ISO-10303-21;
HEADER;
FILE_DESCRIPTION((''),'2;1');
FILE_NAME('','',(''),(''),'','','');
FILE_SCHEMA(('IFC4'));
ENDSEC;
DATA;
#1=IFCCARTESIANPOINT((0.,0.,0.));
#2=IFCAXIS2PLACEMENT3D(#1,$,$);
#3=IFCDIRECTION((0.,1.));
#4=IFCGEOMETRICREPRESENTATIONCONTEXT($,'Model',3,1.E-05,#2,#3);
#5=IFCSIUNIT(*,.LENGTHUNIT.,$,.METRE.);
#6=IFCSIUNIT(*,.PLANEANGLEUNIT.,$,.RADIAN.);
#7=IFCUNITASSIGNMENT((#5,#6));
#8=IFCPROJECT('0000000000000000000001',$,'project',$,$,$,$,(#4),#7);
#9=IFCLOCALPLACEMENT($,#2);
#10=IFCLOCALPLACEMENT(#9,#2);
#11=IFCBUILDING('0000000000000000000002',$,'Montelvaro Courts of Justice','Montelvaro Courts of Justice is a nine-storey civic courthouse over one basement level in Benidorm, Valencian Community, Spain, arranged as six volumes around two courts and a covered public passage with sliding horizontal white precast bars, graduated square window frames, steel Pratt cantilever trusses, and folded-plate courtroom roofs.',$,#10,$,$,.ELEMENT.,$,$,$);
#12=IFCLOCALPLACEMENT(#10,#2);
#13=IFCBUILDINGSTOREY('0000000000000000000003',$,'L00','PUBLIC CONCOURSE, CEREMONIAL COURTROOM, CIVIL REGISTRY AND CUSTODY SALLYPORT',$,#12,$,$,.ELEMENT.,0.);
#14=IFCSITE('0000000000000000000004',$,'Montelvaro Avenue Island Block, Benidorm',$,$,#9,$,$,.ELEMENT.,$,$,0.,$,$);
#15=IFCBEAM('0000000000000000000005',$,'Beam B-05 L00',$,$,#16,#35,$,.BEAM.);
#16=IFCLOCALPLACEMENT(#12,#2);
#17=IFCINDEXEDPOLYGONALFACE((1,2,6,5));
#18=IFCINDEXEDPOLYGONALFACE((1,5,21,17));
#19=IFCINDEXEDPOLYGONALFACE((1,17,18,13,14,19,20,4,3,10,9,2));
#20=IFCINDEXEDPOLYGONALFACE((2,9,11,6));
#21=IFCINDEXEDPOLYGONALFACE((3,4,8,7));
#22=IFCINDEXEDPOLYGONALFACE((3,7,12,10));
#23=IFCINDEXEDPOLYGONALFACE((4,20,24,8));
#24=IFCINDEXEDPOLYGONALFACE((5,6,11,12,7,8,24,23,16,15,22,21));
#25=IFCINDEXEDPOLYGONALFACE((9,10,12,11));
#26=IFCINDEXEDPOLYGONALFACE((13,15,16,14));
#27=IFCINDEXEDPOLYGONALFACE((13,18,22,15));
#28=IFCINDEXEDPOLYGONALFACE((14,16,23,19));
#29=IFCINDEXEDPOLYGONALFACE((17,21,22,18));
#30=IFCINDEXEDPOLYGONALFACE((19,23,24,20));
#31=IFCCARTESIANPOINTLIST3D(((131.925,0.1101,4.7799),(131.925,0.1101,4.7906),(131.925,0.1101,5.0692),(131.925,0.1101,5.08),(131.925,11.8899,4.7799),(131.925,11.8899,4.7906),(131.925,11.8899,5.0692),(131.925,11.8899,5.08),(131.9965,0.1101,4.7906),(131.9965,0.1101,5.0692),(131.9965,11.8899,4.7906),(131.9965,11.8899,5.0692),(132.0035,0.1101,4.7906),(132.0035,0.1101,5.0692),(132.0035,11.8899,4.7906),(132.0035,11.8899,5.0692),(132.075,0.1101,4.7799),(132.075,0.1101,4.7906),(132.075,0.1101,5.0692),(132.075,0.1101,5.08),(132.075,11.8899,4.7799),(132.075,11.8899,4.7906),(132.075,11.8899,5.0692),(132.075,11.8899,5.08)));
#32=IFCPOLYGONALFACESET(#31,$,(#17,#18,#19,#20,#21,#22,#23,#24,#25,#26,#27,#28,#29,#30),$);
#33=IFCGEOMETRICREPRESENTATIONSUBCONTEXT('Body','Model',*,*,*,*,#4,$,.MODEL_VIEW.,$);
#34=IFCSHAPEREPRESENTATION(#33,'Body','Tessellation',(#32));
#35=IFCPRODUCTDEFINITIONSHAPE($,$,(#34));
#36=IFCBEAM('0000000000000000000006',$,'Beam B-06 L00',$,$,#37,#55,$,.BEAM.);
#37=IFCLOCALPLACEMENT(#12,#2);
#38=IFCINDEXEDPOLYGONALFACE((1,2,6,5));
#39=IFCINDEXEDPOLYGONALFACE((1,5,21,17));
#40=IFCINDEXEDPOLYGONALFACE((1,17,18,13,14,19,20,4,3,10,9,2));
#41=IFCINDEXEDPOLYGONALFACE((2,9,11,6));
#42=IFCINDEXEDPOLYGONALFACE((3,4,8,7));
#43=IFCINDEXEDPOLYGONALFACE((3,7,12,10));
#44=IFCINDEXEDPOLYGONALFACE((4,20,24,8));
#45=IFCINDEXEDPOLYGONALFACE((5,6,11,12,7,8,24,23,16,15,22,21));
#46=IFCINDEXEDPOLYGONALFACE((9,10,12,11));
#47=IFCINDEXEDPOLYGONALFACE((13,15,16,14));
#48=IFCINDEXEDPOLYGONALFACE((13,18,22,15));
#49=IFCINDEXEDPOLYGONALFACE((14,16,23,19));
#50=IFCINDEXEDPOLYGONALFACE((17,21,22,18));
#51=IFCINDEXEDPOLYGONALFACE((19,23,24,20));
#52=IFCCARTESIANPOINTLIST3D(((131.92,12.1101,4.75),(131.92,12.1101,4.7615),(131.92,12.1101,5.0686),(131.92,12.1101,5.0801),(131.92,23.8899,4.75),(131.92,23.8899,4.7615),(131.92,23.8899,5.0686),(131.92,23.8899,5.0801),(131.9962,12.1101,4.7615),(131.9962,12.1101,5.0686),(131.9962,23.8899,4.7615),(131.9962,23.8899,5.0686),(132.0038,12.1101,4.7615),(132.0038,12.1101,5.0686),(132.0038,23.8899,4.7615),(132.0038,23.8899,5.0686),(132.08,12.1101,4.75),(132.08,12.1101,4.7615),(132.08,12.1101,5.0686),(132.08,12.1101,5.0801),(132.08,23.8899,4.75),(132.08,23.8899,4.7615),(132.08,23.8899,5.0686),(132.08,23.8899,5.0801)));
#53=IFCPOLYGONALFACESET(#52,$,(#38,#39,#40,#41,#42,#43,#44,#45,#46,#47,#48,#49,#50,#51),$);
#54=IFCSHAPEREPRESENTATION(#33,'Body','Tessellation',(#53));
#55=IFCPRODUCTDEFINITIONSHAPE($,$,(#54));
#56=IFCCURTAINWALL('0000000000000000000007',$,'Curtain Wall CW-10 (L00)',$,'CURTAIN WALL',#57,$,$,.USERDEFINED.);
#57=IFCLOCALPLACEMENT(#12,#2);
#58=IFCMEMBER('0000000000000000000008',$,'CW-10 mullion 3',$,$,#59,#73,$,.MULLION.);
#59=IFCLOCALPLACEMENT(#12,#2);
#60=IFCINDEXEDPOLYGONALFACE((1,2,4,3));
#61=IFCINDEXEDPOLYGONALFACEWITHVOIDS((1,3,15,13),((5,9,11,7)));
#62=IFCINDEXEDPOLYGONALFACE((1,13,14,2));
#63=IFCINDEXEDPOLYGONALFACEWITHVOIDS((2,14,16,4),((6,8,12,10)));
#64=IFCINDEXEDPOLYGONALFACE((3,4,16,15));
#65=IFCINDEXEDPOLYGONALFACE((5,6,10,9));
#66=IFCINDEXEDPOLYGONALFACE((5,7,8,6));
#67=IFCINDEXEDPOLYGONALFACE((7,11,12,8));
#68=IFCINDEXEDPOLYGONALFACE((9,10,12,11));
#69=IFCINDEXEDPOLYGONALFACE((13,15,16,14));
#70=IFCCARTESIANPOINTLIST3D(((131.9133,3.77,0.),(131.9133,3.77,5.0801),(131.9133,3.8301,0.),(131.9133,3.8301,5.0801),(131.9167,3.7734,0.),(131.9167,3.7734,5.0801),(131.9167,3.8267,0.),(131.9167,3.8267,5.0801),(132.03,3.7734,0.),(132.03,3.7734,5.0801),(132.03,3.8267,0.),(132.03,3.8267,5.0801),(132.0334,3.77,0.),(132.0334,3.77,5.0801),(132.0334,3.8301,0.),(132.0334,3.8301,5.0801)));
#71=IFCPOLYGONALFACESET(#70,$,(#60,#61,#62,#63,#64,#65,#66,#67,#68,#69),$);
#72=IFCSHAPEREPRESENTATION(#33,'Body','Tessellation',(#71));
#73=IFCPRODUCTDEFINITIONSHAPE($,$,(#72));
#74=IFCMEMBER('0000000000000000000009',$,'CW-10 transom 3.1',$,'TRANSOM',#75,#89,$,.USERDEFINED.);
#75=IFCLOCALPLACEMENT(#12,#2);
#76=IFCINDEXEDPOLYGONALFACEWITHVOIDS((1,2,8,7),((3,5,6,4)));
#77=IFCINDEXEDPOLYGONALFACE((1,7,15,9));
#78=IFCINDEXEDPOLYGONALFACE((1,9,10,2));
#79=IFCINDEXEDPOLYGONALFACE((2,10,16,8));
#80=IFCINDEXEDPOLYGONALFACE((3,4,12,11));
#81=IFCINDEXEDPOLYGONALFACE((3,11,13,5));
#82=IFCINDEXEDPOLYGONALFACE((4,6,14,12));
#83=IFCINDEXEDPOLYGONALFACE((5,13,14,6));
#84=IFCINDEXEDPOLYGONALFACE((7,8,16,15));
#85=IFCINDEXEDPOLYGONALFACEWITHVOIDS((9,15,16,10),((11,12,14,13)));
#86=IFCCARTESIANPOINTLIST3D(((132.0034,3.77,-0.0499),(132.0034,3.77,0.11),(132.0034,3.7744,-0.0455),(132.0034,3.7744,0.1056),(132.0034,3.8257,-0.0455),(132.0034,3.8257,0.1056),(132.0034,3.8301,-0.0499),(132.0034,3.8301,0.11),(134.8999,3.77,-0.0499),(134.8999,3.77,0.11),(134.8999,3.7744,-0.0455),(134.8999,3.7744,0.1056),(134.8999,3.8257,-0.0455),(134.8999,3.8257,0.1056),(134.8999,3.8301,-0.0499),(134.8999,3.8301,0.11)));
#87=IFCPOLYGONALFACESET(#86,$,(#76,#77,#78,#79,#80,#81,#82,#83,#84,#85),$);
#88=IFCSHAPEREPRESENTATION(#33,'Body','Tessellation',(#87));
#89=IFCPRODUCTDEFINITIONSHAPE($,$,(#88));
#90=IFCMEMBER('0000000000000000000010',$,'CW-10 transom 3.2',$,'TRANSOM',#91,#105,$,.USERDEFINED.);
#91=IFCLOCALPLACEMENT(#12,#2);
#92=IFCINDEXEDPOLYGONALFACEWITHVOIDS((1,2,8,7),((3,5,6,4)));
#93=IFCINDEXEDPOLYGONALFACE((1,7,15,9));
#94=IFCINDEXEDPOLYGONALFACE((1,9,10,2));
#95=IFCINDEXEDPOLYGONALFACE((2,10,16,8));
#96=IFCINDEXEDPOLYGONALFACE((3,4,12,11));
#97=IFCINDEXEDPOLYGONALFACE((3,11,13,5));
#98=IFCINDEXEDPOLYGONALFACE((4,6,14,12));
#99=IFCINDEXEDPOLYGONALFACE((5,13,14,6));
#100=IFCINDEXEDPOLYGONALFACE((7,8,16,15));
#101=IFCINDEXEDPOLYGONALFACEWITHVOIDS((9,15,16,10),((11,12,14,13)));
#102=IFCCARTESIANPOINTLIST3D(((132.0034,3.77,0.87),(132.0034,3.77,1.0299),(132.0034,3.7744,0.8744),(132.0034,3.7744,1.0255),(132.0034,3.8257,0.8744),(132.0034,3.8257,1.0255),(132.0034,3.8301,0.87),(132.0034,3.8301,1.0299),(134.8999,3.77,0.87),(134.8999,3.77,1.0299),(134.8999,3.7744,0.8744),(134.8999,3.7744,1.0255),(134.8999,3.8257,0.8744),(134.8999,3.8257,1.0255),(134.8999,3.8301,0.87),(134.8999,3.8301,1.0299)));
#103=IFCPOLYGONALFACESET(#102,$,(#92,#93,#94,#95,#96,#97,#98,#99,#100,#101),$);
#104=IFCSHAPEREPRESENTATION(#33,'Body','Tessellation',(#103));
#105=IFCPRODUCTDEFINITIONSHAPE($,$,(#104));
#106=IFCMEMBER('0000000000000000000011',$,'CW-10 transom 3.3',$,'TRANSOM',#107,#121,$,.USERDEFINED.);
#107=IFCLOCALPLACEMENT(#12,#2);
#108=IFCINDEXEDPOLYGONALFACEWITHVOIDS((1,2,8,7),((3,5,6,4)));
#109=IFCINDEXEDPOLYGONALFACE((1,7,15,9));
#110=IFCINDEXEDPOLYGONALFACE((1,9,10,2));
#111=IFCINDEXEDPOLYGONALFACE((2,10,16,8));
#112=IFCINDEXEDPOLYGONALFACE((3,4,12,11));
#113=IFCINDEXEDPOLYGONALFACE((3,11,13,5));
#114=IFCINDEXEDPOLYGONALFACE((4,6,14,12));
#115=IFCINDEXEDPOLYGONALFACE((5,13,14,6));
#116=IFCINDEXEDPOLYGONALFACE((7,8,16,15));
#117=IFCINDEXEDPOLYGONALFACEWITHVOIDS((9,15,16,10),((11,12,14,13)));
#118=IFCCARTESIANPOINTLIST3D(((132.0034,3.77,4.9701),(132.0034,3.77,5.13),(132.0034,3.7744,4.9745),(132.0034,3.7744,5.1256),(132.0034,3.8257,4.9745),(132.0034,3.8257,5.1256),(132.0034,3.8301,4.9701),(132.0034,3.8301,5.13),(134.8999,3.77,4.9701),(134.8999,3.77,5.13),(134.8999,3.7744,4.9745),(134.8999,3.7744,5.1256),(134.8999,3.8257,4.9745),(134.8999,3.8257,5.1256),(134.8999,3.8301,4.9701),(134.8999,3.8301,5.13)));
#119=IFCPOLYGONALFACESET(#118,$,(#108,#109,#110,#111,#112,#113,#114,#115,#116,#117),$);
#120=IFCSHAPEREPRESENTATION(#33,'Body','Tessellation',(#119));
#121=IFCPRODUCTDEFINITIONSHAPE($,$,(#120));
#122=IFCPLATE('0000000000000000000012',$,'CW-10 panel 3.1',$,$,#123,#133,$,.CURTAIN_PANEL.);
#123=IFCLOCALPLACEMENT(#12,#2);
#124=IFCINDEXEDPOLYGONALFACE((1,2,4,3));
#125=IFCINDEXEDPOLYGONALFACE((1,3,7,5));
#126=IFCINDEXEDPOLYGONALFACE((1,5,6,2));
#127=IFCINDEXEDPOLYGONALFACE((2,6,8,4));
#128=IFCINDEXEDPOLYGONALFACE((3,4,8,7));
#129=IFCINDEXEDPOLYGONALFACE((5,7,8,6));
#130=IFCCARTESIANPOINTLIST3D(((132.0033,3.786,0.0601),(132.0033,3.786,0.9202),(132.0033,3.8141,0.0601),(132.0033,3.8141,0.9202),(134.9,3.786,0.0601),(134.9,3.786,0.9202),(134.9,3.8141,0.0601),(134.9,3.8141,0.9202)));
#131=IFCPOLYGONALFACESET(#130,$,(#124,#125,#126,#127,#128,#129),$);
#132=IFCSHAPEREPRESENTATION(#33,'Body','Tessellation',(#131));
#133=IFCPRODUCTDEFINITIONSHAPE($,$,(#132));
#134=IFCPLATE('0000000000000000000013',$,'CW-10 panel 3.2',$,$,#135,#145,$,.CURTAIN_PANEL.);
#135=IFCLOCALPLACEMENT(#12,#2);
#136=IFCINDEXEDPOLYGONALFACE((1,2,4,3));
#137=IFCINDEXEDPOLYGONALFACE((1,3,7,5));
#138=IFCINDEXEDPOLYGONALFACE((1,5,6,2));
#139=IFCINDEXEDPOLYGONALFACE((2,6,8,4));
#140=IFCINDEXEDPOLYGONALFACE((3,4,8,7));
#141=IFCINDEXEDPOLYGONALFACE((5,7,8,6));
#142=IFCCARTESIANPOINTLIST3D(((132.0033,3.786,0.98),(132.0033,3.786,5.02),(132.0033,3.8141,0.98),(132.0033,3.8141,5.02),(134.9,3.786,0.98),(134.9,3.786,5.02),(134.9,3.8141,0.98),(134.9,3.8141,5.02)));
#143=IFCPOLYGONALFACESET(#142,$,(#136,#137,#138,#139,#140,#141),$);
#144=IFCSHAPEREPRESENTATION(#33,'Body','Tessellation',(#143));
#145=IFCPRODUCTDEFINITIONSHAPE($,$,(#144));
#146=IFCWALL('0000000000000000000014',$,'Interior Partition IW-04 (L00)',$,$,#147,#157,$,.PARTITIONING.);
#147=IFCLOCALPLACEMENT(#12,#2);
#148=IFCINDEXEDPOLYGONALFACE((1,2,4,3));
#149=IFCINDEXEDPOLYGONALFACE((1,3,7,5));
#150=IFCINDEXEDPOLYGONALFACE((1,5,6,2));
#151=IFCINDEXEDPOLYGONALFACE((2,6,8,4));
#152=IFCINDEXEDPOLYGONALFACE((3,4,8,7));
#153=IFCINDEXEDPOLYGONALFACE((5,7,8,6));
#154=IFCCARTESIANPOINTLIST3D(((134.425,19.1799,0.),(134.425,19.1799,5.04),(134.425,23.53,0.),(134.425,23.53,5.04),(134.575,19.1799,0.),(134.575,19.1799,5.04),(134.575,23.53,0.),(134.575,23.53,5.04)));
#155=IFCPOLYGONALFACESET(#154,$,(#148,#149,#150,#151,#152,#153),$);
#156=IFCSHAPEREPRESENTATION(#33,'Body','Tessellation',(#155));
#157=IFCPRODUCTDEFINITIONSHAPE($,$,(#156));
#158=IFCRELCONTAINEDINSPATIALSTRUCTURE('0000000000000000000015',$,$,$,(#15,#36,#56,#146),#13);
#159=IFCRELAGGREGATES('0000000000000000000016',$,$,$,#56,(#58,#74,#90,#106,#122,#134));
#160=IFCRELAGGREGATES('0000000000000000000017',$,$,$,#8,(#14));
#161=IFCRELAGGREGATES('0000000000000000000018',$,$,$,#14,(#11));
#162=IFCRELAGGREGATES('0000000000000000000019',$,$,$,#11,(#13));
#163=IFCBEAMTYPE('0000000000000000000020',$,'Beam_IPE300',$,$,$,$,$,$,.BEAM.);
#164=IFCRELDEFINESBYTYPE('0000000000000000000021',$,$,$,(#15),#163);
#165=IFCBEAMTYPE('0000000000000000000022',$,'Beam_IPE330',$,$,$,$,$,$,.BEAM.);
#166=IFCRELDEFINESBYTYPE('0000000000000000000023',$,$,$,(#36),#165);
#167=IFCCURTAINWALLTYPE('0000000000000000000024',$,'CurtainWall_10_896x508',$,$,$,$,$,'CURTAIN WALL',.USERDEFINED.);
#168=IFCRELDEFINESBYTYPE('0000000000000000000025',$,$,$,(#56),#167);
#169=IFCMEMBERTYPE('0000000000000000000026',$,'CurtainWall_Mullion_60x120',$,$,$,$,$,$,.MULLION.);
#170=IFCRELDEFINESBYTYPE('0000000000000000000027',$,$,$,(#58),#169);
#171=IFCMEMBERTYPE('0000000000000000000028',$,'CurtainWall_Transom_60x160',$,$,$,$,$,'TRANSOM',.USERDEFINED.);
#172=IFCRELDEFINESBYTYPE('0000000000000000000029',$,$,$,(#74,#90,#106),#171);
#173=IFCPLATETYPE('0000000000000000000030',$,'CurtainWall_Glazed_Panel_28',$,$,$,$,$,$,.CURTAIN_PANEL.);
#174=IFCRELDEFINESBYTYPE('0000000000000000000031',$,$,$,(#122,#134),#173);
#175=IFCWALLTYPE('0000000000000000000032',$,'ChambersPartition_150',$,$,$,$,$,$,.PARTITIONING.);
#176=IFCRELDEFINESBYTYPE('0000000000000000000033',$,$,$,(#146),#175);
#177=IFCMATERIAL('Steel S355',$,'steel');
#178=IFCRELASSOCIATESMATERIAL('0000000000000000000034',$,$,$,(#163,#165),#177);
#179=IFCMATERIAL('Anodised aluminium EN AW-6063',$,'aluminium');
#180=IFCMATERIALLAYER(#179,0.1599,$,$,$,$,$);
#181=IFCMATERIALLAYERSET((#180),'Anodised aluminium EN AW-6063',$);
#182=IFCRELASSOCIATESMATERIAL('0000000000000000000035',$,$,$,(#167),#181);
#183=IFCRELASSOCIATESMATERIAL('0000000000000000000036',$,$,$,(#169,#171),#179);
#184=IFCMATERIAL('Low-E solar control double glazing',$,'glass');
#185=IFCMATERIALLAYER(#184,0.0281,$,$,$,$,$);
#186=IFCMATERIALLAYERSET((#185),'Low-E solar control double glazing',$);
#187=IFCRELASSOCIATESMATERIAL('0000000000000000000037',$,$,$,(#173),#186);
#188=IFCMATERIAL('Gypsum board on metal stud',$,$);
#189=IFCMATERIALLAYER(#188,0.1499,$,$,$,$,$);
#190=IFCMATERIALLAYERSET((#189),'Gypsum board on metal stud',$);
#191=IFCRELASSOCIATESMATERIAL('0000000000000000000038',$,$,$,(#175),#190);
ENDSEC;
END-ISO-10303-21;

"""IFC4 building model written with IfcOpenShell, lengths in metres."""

from ifc_helpers import new_model, si_unit, direction, frame, frame_2d, origin, origin_2d, place, context, subcontext, project, spatial, rectangle, hollow_rectangle, i_section, extrude, material, layer, layer_set, material_profile, profile_set, type_object, element, aggregate, save


model = new_model("IFC4")

# Units and contexts
model_context = context("Model", 3, precision=1e-05, world=origin(), true_north=direction((0.0, 1.0)))
body_context = subcontext(model_context, "Body", "Model", "MODEL_VIEW")
ifc_project = project(units=[si_unit("LENGTHUNIT", "METRE"), si_unit("PLANEANGLEUNIT", "RADIAN")], contexts=[model_context])

# Site, building, storey
site_placement = place(None, origin())
site = spatial("IfcSite", under=ifc_project, at=site_placement, Name="Montelvaro Avenue Island Block, Benidorm", CompositionType="ELEMENT", RefElevation=0.0)
building_placement = place(site_placement, origin())
building = spatial("IfcBuilding", under=site, at=building_placement, Name="Montelvaro Courts of Justice", Description="Montelvaro Courts of Justice is a nine-storey civic courthouse over one basement level in Benidorm, Valencian Community, Spain, arranged as six volumes around two courts and a covered public passage with sliding horizontal white precast bars, graduated square window frames, steel Pratt cantilever trusses, and folded-plate courtroom roofs.", CompositionType="ELEMENT")
storey_placement = place(building_placement, origin())
storey = spatial("IfcBuildingStorey", under=building, at=storey_placement, Name="L00", Description="PUBLIC CONCOURSE, CEREMONIAL COURTROOM, CIVIL REGISTRY AND CUSTODY SALLYPORT", CompositionType="ELEMENT", Elevation=0.0)

# Beams
ifc_material_1 = material(Name="Steel S355", Category="steel")
ifc_material_profile_1 = material_profile(ifc_material_1, i_section(OverallWidth=0.1499, OverallDepth=0.3, WebThickness=0.0071, FlangeThickness=0.0107, at=origin_2d()), Name="IPE 300")
ifc_profile_set_1 = profile_set([ifc_material_profile_1], Name="Steel S355")
beam_type_1 = type_object("IfcBeamType", Name="Beam_IPE300", PredefinedType="BEAM", material=ifc_profile_set_1)
beam_1_placement = place(storey_placement, frame((132.0, 0.1101, 4.9299), z_axis=(0.0, 1.0, 0.0), x_axis=(-1.0, 0.0, 0.0)))
element("IfcBeam", 1, at=beam_1_placement, inside=storey, type_object=beam_type_1, Name="Beam B-05 L00", PredefinedType="BEAM", context=body_context, shape_type="SweptSolid", body=[
    extrude(i_section(OverallWidth=0.1499, OverallDepth=0.3, WebThickness=0.0071, FlangeThickness=0.0107, at=origin_2d()), origin(), (0.0, 0.0, 1.0), 11.7798),
])
ifc_material_profile_2 = material_profile(ifc_material_1, i_section(OverallWidth=0.1599, OverallDepth=0.3301, WebThickness=0.0076, FlangeThickness=0.0115, at=origin_2d()), Name="IPE 330")
ifc_profile_set_2 = profile_set([ifc_material_profile_2], Name="Steel S355")
beam_type_2 = type_object("IfcBeamType", Name="Beam_IPE330", PredefinedType="BEAM", material=ifc_profile_set_2)
beam_2_placement = place(storey_placement, frame((132.0, 12.1101, 4.915), z_axis=(0.0, 1.0, 0.0), x_axis=(-1.0, 0.0, 0.0)))
element("IfcBeam", 2, at=beam_2_placement, inside=storey, type_object=beam_type_2, Name="Beam B-06 L00", PredefinedType="BEAM", context=body_context, shape_type="SweptSolid", body=[
    extrude(i_section(OverallWidth=0.1599, OverallDepth=0.3301, WebThickness=0.0076, FlangeThickness=0.0115, at=origin_2d()), origin(), (0.0, 0.0, 1.0), 11.7798),
])

# Curtain wall, members, plates
ifc_material_2 = material(Name="Anodised aluminium EN AW-6063", Category="aluminium")
ifc_layer_1 = layer(ifc_material_2, 0.1599)
ifc_layer_set_1 = layer_set([ifc_layer_1], Name="Anodised aluminium EN AW-6063")
curtain_wall_type = type_object("IfcCurtainWallType", Name="CurtainWall_10_896x508", ElementType="CURTAIN WALL", PredefinedType="USERDEFINED", material=ifc_layer_set_1)
curtain_wall_placement = place(storey_placement, origin())
curtain_wall = element("IfcCurtainWall", 3, at=curtain_wall_placement, inside=storey, type_object=curtain_wall_type, Name="Curtain Wall CW-10 (L00)", ObjectType="CURTAIN WALL", PredefinedType="USERDEFINED")
ifc_material_profile_3 = material_profile(ifc_material_2, hollow_rectangle(XDim=0.0601, YDim=0.1201, WallThickness=0.0034, at=origin_2d()), Name="ALU-M 60x120")
ifc_profile_set_3 = profile_set([ifc_material_profile_3], Name="Anodised aluminium EN AW-6063")
member_type_1 = type_object("IfcMemberType", Name="CurtainWall_Mullion_60x120", PredefinedType="MULLION", material=ifc_profile_set_3)
member_1_placement = place(storey_placement, frame((131.9734, 3.8, 0.0), z_axis=(0.0, 0.0, 1.0), x_axis=(0.0, 1.0, 0.0)))
member_1 = element("IfcMember", 4, at=member_1_placement, type_object=member_type_1, Name="CW-10 mullion 3", PredefinedType="MULLION", context=body_context, shape_type="SweptSolid", body=[
    extrude(hollow_rectangle(XDim=0.0601, YDim=0.1201, WallThickness=0.0034, at=origin_2d()), origin(), (0.0, 0.0, 1.0), 5.0801),
])
ifc_material_profile_4 = material_profile(ifc_material_2, hollow_rectangle(XDim=0.0601, YDim=0.1599, WallThickness=0.0044, at=origin_2d()), Name="ALU-T 60x160")
ifc_profile_set_4 = profile_set([ifc_material_profile_4], Name="Anodised aluminium EN AW-6063")
member_type_2 = type_object("IfcMemberType", Name="CurtainWall_Transom_60x160", ElementType="TRANSOM", PredefinedType="USERDEFINED", material=ifc_profile_set_4)
member_2_placement = place(storey_placement, frame((132.0034, 3.8, 0.03), z_axis=(1.0, 0.0, 0.0), x_axis=(0.0, 1.0, 0.0)))
member_2 = element("IfcMember", 5, at=member_2_placement, type_object=member_type_2, Name="CW-10 transom 3.1", ObjectType="TRANSOM", PredefinedType="USERDEFINED", context=body_context, shape_type="SweptSolid", body=[
    extrude(hollow_rectangle(XDim=0.0601, YDim=0.1599, WallThickness=0.0044, at=origin_2d()), origin(), (0.0, 0.0, 1.0), 2.8965),
])
member_3_placement = place(storey_placement, frame((132.0034, 3.8, 0.95), z_axis=(1.0, 0.0, 0.0), x_axis=(0.0, 1.0, 0.0)))
member_3 = element("IfcMember", 6, at=member_3_placement, type_object=member_type_2, Name="CW-10 transom 3.2", ObjectType="TRANSOM", PredefinedType="USERDEFINED", context=body_context, shape_type="SweptSolid", body=[
    extrude(hollow_rectangle(XDim=0.0601, YDim=0.1599, WallThickness=0.0044, at=origin_2d()), origin(), (0.0, 0.0, 1.0), 2.8965),
])
member_4_placement = place(storey_placement, frame((132.0034, 3.8, 5.05), z_axis=(1.0, 0.0, 0.0), x_axis=(0.0, 1.0, 0.0)))
member_4 = element("IfcMember", 7, at=member_4_placement, type_object=member_type_2, Name="CW-10 transom 3.3", ObjectType="TRANSOM", PredefinedType="USERDEFINED", context=body_context, shape_type="SweptSolid", body=[
    extrude(hollow_rectangle(XDim=0.0601, YDim=0.1599, WallThickness=0.0044, at=origin_2d()), origin(), (0.0, 0.0, 1.0), 2.8965),
])
ifc_material_3 = material(Name="Low-E solar control double glazing", Category="glass")
ifc_layer_2 = layer(ifc_material_3, 0.0281)
ifc_layer_set_2 = layer_set([ifc_layer_2], Name="Low-E solar control double glazing")
plate_type = type_object("IfcPlateType", Name="CurtainWall_Glazed_Panel_28", PredefinedType="CURTAIN_PANEL", material=ifc_layer_set_2)
plate_1_placement = place(storey_placement, frame((133.4517, 3.8, 0.0601), z_axis=(0.0, 0.0, 1.0), x_axis=(1.0, 0.0, 0.0)))
plate_1 = element("IfcPlate", 8, at=plate_1_placement, type_object=plate_type, Name="CW-10 panel 3.1", PredefinedType="CURTAIN_PANEL", context=body_context, shape_type="SweptSolid", body=[
    extrude(rectangle(XDim=2.8967, YDim=0.0281, at=origin_2d()), origin(), (0.0, 0.0, 1.0), 0.8601),
])
plate_2_placement = place(storey_placement, frame((133.4517, 3.8, 0.98), z_axis=(0.0, 0.0, 1.0), x_axis=(1.0, 0.0, 0.0)))
plate_2 = element("IfcPlate", 9, at=plate_2_placement, type_object=plate_type, Name="CW-10 panel 3.2", PredefinedType="CURTAIN_PANEL", context=body_context, shape_type="SweptSolid", body=[
    extrude(rectangle(XDim=2.8967, YDim=0.0281, at=origin_2d()), origin(), (0.0, 0.0, 1.0), 4.04),
])
aggregate(curtain_wall, [member_1, member_2, member_3, member_4, plate_1, plate_2])

# Wall
ifc_material_4 = material(Name="Gypsum board on metal stud")
ifc_layer_3 = layer(ifc_material_4, 0.1499)
ifc_layer_set_3 = layer_set([ifc_layer_3], Name="Gypsum board on metal stud")
wall_type_1 = type_object("IfcWallType", Name="ChambersPartition_150", PredefinedType="PARTITIONING", material=ifc_layer_set_3)
wall_1_placement = place(storey_placement, frame((134.5, 23.53, 0.0), z_axis=(0.0, 0.0, 1.0), x_axis=(0.0, -1.0, 0.0)))
element("IfcWall", 10, at=wall_1_placement, inside=storey, type_object=wall_type_1, Name="Interior Partition IW-04 (L00)", PredefinedType="PARTITIONING", context=body_context, shape_type="SweptSolid", body=[
    extrude(rectangle(XDim=4.3501, YDim=0.1499, at=frame_2d((2.175, 0.0))), origin(), (0.0, 0.0, 1.0), 5.04),
])

save(model, "model.ifc")
